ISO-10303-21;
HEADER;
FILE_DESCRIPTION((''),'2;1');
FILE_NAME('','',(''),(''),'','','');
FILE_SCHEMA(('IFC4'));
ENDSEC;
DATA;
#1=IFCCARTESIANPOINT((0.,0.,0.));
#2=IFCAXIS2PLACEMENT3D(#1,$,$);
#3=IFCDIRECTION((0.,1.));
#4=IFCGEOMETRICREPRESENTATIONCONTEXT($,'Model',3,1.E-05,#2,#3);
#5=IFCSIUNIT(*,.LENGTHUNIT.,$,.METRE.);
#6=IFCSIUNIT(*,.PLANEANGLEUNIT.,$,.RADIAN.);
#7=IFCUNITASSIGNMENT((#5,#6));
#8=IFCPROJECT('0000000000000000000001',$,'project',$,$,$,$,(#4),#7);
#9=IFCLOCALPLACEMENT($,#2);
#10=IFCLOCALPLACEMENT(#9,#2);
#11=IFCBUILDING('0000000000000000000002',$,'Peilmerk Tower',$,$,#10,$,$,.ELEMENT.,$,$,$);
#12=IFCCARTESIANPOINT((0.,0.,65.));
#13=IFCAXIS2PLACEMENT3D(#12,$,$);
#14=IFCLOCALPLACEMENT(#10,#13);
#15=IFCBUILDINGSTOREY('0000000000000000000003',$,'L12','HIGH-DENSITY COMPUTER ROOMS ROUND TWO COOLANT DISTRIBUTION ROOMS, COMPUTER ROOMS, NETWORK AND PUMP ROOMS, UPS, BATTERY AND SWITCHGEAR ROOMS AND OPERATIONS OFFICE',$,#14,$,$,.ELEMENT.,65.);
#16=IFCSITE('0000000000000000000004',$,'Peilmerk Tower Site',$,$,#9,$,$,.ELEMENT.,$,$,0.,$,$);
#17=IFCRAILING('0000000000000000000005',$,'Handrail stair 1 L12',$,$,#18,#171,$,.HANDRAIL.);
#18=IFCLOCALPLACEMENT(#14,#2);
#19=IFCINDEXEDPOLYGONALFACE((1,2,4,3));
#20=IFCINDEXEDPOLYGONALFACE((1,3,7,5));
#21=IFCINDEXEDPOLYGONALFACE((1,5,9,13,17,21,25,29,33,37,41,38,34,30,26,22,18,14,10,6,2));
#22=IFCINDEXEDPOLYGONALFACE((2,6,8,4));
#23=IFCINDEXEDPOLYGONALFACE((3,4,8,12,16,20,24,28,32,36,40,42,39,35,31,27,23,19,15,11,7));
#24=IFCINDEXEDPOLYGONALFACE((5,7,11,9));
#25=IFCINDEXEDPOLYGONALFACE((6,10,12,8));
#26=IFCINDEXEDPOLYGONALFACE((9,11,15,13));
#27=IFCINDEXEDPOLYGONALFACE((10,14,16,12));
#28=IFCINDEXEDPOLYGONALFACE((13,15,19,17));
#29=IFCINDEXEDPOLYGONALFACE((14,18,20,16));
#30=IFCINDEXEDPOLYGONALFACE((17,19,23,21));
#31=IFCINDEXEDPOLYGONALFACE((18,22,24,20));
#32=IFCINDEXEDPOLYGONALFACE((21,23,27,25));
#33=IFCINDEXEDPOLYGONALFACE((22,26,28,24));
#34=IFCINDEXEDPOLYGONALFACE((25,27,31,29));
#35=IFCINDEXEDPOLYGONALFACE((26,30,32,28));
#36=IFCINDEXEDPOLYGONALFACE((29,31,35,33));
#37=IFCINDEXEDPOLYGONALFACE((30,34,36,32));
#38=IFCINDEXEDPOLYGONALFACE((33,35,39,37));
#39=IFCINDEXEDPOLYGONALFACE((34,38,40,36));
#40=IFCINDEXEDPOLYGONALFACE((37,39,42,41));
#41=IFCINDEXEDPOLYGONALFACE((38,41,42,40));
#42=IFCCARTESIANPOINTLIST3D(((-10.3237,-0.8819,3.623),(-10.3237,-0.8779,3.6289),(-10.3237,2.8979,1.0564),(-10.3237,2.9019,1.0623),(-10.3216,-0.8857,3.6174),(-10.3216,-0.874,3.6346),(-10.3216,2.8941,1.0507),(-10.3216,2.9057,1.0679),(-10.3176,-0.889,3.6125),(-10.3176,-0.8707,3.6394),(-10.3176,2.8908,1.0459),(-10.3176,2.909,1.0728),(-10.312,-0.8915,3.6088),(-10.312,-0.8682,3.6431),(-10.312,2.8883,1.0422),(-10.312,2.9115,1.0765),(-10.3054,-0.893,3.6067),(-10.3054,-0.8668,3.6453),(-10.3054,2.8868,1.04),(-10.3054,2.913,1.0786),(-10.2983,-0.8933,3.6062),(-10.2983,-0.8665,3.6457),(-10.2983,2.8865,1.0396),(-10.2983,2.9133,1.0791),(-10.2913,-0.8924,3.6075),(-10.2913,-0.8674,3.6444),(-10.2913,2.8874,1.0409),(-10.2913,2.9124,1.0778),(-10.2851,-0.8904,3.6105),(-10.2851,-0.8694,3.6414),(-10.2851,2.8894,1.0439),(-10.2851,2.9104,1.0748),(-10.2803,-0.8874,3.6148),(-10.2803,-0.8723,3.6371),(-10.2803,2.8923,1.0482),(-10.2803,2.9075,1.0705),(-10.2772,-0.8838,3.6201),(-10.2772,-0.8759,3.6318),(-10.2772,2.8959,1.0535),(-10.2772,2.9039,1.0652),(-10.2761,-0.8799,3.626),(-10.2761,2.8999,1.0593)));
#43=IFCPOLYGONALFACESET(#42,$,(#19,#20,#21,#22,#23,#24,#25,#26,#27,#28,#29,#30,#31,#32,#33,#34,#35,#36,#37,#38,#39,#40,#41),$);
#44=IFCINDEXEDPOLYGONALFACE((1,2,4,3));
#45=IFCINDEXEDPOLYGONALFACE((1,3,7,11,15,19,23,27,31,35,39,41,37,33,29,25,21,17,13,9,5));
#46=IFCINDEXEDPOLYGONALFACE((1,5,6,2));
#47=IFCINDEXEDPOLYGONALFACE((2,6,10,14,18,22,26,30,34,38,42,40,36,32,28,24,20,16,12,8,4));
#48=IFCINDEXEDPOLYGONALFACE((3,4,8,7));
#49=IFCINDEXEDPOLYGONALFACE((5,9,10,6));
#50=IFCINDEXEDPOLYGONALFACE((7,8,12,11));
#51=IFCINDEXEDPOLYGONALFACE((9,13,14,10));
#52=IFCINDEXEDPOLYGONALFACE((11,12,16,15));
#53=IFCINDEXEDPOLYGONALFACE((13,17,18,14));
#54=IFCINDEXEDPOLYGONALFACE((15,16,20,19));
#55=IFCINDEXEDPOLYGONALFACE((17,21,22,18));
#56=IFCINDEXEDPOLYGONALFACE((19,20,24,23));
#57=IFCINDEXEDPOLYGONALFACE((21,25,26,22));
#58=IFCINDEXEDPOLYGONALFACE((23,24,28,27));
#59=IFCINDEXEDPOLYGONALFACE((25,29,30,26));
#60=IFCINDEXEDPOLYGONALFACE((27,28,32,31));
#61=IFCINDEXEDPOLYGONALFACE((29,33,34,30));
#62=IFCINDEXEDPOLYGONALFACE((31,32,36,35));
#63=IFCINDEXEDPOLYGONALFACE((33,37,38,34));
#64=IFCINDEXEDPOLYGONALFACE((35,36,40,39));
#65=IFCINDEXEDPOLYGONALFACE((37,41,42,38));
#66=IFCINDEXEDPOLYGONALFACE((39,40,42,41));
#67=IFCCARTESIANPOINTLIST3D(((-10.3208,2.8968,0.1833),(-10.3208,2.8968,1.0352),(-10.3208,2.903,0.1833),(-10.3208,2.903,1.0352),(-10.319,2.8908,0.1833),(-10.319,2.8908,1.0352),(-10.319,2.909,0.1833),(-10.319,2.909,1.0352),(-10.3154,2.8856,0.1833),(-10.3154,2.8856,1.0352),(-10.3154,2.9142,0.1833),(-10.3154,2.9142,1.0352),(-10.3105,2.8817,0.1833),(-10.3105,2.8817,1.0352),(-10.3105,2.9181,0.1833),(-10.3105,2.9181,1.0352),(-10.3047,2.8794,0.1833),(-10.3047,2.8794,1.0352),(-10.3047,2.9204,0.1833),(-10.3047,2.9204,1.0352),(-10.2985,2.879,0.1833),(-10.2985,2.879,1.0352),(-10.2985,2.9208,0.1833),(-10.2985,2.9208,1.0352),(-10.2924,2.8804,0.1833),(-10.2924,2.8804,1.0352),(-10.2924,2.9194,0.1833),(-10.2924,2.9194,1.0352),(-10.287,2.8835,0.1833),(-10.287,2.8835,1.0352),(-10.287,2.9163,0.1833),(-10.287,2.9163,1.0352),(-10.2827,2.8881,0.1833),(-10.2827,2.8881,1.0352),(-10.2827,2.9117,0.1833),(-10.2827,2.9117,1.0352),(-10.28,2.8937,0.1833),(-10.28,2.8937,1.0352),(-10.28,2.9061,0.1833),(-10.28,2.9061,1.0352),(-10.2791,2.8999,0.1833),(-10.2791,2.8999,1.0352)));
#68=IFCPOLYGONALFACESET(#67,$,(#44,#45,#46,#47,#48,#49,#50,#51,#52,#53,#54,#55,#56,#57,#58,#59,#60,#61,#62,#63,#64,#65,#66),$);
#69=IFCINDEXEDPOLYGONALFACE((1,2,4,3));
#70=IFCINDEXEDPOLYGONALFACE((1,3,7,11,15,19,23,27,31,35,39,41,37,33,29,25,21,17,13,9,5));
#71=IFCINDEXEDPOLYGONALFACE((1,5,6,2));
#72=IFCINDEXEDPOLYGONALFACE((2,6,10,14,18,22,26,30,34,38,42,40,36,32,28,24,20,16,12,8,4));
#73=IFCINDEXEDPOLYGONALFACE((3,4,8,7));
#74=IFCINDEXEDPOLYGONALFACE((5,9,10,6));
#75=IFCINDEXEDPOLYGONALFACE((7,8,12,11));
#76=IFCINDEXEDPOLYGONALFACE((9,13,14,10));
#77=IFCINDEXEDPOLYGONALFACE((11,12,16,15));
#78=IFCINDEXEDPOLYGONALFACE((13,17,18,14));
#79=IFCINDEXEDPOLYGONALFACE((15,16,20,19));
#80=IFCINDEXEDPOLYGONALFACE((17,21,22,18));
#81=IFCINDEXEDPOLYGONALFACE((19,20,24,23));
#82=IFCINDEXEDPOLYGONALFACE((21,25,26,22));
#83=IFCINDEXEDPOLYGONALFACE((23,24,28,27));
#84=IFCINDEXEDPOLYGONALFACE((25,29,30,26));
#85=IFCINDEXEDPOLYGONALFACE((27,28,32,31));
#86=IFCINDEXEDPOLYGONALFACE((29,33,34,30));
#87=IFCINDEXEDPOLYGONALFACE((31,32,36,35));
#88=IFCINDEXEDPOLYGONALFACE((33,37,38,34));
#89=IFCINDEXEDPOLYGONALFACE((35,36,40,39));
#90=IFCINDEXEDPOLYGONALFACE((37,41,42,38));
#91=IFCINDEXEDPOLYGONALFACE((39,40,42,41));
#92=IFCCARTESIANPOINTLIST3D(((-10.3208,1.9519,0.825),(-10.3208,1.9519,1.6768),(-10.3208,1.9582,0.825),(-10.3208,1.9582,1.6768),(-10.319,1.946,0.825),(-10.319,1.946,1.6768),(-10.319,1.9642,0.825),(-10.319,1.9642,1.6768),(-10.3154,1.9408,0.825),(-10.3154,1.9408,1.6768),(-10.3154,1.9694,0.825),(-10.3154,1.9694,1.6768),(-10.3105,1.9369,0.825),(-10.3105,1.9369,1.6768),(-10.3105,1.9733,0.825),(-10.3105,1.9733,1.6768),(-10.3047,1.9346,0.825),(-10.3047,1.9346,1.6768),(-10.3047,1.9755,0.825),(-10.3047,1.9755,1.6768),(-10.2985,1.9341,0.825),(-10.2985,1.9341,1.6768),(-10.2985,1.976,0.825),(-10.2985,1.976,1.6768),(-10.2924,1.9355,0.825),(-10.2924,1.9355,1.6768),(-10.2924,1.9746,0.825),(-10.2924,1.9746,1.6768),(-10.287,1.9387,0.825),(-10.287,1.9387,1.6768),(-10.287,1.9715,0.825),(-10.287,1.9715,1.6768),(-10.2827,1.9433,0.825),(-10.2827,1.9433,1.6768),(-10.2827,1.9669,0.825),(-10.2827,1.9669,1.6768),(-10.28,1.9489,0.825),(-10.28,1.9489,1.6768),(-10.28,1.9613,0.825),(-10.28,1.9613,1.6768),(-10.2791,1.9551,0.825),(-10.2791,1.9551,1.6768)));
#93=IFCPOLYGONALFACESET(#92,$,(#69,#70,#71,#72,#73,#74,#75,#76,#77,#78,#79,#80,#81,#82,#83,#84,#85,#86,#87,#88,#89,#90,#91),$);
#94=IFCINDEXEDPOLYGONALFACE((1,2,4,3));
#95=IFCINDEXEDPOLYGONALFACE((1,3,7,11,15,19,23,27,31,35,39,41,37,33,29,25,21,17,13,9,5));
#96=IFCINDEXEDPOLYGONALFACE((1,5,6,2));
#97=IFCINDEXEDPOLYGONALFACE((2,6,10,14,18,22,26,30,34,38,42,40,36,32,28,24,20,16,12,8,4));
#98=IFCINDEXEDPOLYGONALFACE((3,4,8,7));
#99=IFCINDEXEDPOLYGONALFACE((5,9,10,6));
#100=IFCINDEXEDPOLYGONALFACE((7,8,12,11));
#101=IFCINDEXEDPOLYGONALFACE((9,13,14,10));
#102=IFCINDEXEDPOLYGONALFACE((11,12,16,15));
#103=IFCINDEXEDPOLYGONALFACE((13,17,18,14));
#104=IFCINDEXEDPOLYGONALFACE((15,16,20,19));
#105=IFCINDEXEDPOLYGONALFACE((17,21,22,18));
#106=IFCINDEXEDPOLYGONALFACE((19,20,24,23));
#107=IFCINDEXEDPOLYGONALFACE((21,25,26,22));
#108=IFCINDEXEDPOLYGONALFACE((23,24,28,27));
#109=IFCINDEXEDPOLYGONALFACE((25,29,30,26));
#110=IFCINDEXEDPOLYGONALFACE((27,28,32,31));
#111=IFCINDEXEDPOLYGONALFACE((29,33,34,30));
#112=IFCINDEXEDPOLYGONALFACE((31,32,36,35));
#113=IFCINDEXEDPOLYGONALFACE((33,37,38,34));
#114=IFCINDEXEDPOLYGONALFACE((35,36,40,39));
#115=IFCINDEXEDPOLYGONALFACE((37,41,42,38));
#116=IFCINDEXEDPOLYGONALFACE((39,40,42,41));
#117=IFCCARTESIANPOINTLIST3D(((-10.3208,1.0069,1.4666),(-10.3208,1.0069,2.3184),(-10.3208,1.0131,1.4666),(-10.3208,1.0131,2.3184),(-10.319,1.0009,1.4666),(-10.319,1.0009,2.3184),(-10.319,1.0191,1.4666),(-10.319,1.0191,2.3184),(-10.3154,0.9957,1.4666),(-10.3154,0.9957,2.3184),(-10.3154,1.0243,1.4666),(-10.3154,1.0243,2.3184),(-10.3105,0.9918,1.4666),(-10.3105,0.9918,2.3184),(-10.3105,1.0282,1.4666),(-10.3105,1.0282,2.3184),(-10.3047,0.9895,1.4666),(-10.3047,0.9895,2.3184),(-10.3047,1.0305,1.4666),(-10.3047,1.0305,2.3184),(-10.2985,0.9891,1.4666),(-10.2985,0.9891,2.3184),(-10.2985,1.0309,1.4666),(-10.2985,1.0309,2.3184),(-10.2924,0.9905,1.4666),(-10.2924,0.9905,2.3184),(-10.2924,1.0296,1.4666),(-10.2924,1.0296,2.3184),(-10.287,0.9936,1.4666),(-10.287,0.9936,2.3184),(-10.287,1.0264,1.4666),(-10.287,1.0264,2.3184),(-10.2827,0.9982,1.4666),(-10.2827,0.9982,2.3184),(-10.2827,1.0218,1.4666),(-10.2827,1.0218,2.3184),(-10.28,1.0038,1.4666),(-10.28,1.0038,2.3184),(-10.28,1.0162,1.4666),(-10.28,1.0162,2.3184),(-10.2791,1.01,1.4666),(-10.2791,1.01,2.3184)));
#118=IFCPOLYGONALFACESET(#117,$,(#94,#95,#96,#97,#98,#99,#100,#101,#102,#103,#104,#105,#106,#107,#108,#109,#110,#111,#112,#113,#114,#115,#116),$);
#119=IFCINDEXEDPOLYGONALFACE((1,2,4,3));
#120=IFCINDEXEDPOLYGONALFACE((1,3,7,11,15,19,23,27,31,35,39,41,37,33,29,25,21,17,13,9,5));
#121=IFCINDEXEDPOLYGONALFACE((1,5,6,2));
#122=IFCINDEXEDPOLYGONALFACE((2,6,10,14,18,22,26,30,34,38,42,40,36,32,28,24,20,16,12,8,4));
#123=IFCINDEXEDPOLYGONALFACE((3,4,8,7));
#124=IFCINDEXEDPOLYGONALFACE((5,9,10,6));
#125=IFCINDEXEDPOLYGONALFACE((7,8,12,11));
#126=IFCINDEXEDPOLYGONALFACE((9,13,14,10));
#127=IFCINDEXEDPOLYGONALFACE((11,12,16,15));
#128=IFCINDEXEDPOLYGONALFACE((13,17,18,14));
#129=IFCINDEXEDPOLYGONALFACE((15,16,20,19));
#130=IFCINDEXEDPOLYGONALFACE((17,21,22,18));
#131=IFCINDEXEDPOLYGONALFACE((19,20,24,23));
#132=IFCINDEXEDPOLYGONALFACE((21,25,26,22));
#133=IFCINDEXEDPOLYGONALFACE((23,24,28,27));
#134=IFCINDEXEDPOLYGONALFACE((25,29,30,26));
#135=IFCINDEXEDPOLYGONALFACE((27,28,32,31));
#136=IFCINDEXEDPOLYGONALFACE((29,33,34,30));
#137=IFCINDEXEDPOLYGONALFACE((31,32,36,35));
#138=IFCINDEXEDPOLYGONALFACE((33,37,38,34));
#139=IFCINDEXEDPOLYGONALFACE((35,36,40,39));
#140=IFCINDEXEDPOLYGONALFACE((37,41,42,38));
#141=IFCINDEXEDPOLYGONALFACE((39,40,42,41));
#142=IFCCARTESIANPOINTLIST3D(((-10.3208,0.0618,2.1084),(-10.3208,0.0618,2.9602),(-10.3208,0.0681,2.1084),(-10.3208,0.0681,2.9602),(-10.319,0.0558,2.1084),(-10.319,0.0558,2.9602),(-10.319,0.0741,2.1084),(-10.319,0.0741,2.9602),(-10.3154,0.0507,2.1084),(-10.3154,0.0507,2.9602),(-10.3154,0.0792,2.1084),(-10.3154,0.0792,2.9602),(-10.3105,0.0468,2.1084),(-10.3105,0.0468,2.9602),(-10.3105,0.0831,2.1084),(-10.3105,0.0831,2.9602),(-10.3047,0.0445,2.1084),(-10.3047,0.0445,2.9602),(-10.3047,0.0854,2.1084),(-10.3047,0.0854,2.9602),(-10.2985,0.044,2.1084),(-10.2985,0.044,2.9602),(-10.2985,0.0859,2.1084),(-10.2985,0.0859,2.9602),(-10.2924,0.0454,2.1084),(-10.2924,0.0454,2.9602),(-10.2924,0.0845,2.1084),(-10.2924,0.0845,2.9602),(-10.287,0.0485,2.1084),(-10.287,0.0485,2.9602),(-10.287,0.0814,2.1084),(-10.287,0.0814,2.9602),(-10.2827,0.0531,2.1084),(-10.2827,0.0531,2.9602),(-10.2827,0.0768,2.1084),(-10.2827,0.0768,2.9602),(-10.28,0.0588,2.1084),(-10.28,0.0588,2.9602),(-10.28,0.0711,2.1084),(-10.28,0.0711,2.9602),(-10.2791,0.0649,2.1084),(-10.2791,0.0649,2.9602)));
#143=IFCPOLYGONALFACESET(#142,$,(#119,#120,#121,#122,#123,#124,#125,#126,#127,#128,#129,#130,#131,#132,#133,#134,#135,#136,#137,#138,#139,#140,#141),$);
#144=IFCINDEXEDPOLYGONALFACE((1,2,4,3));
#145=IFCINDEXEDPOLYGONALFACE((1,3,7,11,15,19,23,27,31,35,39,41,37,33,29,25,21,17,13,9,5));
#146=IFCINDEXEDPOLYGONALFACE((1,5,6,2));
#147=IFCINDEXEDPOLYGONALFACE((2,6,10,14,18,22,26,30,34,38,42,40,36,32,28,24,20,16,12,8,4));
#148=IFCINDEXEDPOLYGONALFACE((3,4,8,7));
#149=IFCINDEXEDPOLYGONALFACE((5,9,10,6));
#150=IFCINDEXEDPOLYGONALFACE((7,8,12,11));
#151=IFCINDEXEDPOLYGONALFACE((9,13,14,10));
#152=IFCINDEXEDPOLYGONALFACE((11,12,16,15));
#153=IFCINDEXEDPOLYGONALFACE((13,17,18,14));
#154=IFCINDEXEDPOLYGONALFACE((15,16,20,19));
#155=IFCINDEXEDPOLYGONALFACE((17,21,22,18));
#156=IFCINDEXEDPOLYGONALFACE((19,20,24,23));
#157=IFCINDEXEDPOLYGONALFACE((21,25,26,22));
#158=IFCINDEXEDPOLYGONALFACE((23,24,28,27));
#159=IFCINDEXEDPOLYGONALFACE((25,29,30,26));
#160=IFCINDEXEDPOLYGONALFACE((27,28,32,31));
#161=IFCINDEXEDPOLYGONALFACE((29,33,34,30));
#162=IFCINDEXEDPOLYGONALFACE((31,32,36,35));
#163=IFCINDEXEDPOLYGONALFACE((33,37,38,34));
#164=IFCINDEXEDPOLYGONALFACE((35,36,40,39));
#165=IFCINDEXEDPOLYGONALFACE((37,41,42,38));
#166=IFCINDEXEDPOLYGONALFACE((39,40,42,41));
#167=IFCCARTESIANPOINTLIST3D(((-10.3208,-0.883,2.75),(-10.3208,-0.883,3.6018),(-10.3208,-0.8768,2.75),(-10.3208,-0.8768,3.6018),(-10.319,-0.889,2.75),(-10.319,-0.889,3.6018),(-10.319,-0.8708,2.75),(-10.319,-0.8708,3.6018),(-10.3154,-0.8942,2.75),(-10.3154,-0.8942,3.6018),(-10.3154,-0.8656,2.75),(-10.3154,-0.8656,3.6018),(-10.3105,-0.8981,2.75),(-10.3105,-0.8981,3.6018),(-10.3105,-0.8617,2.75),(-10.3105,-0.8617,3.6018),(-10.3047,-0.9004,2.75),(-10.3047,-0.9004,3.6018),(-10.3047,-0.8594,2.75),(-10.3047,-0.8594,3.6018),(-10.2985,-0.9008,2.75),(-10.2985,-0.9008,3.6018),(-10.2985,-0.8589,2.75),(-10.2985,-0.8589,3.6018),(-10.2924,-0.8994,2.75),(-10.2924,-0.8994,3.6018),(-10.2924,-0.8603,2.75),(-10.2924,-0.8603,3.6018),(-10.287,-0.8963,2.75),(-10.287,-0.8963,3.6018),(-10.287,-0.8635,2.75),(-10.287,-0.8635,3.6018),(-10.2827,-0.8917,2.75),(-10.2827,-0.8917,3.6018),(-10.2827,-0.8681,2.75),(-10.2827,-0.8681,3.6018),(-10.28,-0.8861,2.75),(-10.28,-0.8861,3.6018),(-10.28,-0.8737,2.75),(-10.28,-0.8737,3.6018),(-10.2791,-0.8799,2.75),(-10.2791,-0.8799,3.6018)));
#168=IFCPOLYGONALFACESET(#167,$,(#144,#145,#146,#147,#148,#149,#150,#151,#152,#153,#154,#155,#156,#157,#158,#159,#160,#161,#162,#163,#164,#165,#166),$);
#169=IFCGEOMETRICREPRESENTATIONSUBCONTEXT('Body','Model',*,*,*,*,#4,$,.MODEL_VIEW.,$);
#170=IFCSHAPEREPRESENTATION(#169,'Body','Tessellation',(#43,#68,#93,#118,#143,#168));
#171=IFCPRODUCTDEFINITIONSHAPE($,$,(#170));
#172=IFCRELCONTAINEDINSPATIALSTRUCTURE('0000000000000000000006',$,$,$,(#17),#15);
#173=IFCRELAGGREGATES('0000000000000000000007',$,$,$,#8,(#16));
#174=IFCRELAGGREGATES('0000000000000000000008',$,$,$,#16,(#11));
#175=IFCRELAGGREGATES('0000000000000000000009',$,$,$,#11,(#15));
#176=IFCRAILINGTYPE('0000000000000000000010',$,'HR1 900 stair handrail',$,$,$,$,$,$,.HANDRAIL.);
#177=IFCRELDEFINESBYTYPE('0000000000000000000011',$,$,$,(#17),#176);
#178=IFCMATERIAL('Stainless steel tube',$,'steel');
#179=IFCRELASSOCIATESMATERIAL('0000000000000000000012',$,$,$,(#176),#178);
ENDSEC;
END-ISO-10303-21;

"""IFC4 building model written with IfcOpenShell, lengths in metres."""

from ifc_helpers import new_model, si_unit, direction, frame, origin, origin_2d, place, context, subcontext, project, spatial, circle, extrude, material, type_object, element, save


model = new_model("IFC4")

# Units and contexts
model_context = context("Model", 3, precision=1e-05, world=origin(), true_north=direction((0.0, 1.0)))
body_context = subcontext(model_context, "Body", "Model", "MODEL_VIEW")
ifc_project = project(units=[si_unit("LENGTHUNIT", "METRE"), si_unit("PLANEANGLEUNIT", "RADIAN")], contexts=[model_context])

# Site, building, storey
site_placement = place(None, origin())
site = spatial("IfcSite", under=ifc_project, at=site_placement, Name="Peilmerk Tower Site", CompositionType="ELEMENT", RefElevation=0.0)
building_placement = place(site_placement, origin())
building = spatial("IfcBuilding", under=site, at=building_placement, Name="Peilmerk Tower", CompositionType="ELEMENT")
storey_placement = place(building_placement, frame((0.0, 0.0, 65.0)))
storey = spatial("IfcBuildingStorey", under=building, at=storey_placement, Name="L12", Description="HIGH-DENSITY COMPUTER ROOMS ROUND TWO COOLANT DISTRIBUTION ROOMS, COMPUTER ROOMS, NETWORK AND PUMP ROOMS, UPS, BATTERY AND SWITCHGEAR ROOMS AND OPERATIONS OFFICE", CompositionType="ELEMENT", Elevation=65.0)

# Railing
ifc_material_1 = material(Name="Stainless steel tube", Category="steel")
railing_type_1 = type_object("IfcRailingType", Name="HR1 900 stair handrail", PredefinedType="HANDRAIL", material=ifc_material_1)
railing_1_placement = place(storey_placement, frame((-10.3, 2.8999, 0.1833)))
element("IfcRailing", 1, at=railing_1_placement, inside=storey, type_object=railing_type_1, Name="Handrail stair 1 L12", PredefinedType="HANDRAIL", context=body_context, shape_type="SweptSolid", body=[
    extrude(circle(Radius=0.0239, at=origin_2d()), frame((0.0, 0.0, 0.876), z_axis=(0.0, -0.827293, 0.561771), x_axis=(1.0, 0.0, 0.0)), (0.0, 0.0, 1.0), 4.5688),
    extrude(circle(Radius=0.021, at=origin_2d()), origin(), (0.0, 0.0, 1.0), 0.8518),
    extrude(circle(Radius=0.021, at=origin_2d()), frame((0.0, -0.9448, 0.6416)), (0.0, 0.0, 1.0), 0.8518),
    extrude(circle(Radius=0.021, at=origin_2d()), frame((0.0, -1.8899, 1.2832)), (0.0, 0.0, 1.0), 0.8518),
    extrude(circle(Radius=0.021, at=origin_2d()), frame((0.0, -2.835, 1.925)), (0.0, 0.0, 1.0), 0.8518),
    extrude(circle(Radius=0.021, at=origin_2d()), frame((0.0, -3.7798, 2.5667)), (0.0, 0.0, 1.0), 0.8518),
])

save(model, "model.ifc")
